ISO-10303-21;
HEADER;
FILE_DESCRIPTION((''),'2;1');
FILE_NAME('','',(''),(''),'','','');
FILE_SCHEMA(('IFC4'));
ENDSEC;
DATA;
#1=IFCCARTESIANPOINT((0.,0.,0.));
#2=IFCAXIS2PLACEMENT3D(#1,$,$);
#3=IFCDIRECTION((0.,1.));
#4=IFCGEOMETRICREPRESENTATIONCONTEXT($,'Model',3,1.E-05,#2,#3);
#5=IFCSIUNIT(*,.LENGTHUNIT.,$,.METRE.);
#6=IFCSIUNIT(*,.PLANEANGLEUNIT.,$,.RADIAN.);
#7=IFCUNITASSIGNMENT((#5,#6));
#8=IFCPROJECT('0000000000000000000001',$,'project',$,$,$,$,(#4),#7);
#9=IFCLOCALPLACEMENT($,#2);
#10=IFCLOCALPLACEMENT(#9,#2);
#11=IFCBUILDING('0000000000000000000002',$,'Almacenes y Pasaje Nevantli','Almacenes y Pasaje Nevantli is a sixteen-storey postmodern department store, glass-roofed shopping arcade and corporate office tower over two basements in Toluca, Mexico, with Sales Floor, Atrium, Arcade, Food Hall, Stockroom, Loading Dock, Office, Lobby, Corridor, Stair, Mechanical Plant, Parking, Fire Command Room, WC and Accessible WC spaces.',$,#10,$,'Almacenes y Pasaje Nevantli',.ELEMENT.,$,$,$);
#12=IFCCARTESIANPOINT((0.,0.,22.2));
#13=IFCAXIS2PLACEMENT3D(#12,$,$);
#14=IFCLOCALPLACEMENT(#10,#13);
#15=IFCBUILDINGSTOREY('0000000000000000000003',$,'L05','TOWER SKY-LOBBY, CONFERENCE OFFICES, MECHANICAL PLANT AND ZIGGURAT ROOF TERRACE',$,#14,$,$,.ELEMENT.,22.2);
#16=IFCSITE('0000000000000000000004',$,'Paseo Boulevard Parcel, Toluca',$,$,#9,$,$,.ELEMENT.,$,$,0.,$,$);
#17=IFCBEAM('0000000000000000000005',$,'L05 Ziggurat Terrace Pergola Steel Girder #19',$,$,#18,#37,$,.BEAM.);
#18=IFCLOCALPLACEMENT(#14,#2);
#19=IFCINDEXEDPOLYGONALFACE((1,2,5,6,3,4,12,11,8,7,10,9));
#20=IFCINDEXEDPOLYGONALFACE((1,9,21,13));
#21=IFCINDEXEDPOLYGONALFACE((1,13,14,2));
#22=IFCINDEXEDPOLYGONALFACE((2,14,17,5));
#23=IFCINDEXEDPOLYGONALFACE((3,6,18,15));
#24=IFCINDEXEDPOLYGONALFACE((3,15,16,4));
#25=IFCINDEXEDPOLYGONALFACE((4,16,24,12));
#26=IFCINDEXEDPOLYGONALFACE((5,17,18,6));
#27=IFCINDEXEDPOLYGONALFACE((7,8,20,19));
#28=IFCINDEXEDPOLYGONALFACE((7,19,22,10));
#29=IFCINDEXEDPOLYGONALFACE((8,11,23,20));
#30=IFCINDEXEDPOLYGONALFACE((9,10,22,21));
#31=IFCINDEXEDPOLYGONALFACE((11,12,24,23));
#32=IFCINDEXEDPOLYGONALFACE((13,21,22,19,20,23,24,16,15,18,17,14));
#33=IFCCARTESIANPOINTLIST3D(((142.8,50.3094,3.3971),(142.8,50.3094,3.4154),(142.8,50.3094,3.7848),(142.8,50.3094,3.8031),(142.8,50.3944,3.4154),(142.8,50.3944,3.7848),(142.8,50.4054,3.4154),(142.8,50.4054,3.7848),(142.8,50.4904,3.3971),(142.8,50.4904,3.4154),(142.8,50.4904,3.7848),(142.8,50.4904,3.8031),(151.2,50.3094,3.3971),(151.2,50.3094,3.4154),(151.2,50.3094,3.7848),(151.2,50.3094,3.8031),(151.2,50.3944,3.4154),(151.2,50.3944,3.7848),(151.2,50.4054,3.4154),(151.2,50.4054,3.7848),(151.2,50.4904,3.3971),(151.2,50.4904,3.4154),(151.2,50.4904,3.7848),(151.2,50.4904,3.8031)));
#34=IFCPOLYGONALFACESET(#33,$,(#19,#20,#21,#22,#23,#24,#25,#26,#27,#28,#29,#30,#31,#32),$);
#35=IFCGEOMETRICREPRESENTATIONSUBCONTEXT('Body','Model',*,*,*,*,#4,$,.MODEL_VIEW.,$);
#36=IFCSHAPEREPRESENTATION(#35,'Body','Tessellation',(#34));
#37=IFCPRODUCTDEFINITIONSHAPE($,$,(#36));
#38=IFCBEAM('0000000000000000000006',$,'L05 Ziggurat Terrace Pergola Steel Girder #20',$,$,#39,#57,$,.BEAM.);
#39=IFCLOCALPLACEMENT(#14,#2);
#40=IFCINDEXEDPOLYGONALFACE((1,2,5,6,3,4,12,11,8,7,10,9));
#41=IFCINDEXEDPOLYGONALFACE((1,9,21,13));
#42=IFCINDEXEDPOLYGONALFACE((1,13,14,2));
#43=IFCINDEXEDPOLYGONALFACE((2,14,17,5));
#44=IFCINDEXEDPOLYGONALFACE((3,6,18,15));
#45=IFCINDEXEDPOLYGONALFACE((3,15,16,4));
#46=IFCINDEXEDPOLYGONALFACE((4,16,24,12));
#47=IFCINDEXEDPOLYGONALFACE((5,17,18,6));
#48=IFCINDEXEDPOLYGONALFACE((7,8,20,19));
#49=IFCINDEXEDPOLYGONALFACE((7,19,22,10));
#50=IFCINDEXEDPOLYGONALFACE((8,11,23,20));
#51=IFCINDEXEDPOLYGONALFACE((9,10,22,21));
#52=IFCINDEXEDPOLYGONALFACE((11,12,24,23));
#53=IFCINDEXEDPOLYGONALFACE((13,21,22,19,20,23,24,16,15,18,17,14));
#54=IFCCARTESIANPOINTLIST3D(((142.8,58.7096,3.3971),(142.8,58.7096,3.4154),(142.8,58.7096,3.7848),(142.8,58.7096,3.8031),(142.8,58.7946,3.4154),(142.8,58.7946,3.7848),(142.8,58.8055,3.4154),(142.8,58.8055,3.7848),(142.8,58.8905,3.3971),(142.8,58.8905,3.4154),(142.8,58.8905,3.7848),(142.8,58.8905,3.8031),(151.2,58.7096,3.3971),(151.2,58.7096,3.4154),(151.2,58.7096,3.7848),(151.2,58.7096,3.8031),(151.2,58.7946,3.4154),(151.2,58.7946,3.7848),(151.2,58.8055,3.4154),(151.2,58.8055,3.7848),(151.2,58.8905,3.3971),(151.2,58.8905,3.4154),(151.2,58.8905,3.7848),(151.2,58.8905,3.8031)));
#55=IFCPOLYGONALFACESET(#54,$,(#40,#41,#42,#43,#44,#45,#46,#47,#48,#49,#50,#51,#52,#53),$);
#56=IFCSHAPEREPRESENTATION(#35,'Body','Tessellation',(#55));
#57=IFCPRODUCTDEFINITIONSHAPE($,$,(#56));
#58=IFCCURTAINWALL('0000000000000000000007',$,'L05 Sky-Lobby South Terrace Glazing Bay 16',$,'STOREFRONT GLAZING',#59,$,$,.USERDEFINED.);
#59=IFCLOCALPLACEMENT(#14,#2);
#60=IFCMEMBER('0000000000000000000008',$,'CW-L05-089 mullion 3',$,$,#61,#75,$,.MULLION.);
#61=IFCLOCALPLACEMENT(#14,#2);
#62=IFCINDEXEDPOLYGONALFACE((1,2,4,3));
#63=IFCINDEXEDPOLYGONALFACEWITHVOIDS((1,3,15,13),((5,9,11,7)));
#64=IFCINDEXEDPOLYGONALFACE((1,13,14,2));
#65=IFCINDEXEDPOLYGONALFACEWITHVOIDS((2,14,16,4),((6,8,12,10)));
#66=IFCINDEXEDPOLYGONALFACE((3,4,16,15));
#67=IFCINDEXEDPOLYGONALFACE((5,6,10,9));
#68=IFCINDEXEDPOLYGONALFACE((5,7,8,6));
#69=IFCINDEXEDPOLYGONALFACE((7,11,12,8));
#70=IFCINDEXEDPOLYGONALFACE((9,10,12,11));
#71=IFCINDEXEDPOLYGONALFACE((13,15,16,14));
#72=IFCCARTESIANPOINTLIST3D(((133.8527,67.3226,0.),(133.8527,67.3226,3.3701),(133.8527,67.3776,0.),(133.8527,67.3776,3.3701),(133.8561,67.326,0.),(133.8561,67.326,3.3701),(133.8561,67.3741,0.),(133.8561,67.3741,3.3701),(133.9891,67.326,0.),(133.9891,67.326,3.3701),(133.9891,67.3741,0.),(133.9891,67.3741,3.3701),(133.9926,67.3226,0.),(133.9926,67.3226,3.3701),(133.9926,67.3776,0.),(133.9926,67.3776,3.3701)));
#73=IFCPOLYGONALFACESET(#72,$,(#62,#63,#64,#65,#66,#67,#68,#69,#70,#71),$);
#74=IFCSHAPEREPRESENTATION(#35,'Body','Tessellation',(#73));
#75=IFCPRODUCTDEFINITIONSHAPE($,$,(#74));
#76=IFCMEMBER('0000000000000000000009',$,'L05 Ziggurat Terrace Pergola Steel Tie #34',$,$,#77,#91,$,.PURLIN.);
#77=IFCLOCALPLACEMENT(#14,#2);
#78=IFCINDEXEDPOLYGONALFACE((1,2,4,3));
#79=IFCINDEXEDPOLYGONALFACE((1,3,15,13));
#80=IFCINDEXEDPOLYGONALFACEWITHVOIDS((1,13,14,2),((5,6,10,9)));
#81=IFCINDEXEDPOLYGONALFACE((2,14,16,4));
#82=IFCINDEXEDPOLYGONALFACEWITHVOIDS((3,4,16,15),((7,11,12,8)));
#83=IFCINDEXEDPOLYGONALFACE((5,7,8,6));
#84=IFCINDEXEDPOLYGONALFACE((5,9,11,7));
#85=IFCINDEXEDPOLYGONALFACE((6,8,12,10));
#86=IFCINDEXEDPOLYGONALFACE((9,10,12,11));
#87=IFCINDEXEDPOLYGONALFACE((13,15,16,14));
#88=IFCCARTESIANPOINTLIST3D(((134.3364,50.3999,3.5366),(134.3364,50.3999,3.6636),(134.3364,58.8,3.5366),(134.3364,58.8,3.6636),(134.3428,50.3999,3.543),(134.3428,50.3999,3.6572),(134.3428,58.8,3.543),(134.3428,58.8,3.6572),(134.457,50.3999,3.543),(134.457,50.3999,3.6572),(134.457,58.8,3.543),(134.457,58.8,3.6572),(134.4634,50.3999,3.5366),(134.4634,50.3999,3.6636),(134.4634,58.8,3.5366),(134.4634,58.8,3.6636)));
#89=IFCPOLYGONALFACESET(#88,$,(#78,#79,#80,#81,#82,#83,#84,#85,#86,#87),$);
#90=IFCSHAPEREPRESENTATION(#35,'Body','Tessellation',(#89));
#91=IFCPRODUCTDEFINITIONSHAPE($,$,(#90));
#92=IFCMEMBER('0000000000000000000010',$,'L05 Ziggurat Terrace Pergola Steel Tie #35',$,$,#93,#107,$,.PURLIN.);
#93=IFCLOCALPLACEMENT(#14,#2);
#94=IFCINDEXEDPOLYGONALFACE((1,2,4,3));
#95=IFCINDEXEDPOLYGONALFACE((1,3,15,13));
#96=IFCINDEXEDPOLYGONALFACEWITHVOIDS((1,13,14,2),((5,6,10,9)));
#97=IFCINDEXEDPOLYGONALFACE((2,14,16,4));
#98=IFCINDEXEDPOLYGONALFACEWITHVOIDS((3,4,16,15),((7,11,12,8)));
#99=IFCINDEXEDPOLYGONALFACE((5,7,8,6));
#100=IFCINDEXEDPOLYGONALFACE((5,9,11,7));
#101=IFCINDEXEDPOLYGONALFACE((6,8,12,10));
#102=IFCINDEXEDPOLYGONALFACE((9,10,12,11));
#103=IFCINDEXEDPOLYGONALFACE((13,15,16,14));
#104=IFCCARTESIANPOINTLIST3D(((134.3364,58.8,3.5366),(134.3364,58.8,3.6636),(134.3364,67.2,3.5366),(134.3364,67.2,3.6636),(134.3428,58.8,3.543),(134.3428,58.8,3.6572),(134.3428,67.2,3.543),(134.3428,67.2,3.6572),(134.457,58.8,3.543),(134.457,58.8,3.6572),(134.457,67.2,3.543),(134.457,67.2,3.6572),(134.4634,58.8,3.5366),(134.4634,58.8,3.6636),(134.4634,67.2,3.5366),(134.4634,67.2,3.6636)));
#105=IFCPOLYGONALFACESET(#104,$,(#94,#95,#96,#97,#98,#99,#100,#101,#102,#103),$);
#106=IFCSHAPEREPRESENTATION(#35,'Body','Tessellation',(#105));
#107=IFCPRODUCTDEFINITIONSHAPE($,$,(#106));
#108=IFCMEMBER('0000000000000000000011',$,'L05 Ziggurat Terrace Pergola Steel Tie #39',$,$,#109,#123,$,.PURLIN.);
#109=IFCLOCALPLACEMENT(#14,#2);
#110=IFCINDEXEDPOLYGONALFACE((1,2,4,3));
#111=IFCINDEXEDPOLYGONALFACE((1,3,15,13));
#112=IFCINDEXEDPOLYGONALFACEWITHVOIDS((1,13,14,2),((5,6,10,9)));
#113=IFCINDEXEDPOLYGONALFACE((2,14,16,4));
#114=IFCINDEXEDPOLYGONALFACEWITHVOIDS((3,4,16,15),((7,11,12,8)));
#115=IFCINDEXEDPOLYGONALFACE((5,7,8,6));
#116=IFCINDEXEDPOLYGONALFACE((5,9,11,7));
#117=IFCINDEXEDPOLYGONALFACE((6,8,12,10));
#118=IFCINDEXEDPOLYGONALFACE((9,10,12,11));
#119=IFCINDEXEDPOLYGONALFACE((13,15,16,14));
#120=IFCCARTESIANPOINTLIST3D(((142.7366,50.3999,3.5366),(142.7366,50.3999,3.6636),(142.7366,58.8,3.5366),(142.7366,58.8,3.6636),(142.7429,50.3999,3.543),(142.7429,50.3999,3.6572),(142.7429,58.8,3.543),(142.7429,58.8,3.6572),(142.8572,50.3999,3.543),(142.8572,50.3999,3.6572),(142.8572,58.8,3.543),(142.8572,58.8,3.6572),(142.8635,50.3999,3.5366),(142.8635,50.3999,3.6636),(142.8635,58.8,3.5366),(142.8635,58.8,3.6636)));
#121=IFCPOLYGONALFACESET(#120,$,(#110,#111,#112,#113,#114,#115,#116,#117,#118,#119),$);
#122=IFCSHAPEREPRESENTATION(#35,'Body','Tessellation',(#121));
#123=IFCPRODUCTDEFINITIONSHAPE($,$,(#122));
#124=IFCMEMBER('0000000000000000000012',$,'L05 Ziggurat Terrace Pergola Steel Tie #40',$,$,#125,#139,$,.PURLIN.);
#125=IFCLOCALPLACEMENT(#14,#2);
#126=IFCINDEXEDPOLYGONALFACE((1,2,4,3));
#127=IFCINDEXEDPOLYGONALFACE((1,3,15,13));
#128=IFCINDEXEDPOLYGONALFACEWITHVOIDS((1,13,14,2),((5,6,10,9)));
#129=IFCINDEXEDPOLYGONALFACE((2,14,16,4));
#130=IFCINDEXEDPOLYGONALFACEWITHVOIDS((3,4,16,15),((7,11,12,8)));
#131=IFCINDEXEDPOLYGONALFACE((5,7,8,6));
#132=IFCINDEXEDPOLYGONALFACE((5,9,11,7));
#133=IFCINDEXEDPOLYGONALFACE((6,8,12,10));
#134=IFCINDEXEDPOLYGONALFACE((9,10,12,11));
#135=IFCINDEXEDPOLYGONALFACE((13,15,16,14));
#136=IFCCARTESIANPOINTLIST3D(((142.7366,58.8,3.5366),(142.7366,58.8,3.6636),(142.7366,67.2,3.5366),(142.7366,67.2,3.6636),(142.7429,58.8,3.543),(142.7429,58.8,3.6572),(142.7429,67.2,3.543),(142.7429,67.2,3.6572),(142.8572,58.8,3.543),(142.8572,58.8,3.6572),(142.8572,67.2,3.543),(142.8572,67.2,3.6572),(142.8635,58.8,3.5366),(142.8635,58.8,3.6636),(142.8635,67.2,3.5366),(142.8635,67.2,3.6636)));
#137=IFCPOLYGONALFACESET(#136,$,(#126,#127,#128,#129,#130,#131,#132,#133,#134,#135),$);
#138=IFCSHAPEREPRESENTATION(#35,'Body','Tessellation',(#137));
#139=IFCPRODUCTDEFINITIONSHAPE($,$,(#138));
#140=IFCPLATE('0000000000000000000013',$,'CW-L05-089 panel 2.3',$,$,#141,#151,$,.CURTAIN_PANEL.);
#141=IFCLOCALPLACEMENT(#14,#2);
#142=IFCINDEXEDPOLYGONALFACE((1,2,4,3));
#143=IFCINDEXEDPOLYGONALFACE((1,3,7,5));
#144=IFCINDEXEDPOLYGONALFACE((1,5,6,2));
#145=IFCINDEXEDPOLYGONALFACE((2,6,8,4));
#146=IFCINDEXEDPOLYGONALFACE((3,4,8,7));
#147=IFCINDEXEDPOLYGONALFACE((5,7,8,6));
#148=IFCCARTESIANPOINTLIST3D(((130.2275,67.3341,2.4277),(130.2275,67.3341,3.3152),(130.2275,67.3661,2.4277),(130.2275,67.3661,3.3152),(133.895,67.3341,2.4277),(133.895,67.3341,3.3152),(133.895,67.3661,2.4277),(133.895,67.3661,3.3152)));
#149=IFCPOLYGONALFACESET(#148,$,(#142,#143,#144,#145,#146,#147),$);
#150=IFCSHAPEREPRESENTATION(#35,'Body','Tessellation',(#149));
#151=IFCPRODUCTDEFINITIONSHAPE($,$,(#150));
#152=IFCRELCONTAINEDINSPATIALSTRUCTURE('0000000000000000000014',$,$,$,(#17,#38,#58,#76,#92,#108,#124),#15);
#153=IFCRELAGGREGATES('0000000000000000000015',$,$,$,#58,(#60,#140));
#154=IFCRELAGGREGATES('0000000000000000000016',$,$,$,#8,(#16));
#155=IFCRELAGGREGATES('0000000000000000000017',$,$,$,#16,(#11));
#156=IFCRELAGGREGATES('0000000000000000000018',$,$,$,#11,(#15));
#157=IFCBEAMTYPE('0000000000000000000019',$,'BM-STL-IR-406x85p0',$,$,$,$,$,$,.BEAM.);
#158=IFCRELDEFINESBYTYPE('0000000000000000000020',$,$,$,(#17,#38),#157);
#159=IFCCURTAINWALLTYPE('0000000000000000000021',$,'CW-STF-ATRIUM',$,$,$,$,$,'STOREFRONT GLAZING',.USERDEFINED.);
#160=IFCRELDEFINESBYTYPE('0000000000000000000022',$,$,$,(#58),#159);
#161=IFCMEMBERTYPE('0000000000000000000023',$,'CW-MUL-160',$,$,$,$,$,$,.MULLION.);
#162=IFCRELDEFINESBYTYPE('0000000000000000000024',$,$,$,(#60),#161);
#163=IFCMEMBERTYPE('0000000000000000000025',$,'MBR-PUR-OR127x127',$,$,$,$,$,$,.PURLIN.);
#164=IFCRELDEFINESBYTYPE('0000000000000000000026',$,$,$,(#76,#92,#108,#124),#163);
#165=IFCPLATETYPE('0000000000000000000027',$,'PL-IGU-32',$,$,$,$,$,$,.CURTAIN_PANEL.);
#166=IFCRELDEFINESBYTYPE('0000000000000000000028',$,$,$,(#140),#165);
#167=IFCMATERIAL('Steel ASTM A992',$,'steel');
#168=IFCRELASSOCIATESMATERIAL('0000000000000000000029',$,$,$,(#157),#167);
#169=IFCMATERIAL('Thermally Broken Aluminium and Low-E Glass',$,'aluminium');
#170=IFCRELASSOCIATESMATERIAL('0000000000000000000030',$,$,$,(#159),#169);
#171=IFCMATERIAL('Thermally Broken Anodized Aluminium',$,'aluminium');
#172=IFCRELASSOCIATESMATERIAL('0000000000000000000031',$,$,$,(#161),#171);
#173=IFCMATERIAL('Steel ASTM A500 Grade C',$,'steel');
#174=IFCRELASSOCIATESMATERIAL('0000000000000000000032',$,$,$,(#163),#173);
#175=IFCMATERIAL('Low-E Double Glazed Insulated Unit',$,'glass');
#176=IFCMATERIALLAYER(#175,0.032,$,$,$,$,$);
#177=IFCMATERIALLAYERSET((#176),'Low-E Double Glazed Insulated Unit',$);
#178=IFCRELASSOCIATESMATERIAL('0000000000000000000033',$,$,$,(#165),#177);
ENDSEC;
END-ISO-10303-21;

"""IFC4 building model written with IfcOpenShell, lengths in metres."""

from ifc_helpers import new_model, si_unit, direction, frame, origin, origin_2d, place, context, subcontext, project, spatial, rectangle, hollow_rectangle, i_section, extrude, material, layer, layer_set, material_profile, profile_set, type_object, element, aggregate, save


model = new_model("IFC4")

# Units and contexts
model_context = context("Model", 3, precision=1e-05, world=origin(), true_north=direction((0.0, 1.0)))
body_context = subcontext(model_context, "Body", "Model", "MODEL_VIEW")
ifc_project = project(units=[si_unit("LENGTHUNIT", "METRE"), si_unit("PLANEANGLEUNIT", "RADIAN")], contexts=[model_context])

# Site, building, storey
site_placement = place(None, origin())
site = spatial("IfcSite", under=ifc_project, at=site_placement, Name="Paseo Boulevard Parcel, Toluca", CompositionType="ELEMENT", RefElevation=0.0)
building_placement = place(site_placement, origin())
building = spatial("IfcBuilding", under=site, at=building_placement, Name="Almacenes y Pasaje Nevantli", Description="Almacenes y Pasaje Nevantli is a sixteen-storey postmodern department store, glass-roofed shopping arcade and corporate office tower over two basements in Toluca, Mexico, with Sales Floor, Atrium, Arcade, Food Hall, Stockroom, Loading Dock, Office, Lobby, Corridor, Stair, Mechanical Plant, Parking, Fire Command Room, WC and Accessible WC spaces.", LongName="Almacenes y Pasaje Nevantli", CompositionType="ELEMENT")
storey_placement = place(building_placement, frame((0.0, 0.0, 22.2)))
storey = spatial("IfcBuildingStorey", under=building, at=storey_placement, Name="L05", Description="TOWER SKY-LOBBY, CONFERENCE OFFICES, MECHANICAL PLANT AND ZIGGURAT ROOF TERRACE", CompositionType="ELEMENT", Elevation=22.2)

# Beams
ifc_material_1 = material(Name="Steel ASTM A992", Category="steel")
ifc_material_profile_1 = material_profile(ifc_material_1, i_section(OverallWidth=0.1809, OverallDepth=0.406, WebThickness=0.011, FlangeThickness=0.0183, at=origin_2d()), Name="IR 406x85.0")
ifc_profile_set_1 = profile_set([ifc_material_profile_1], Name="Steel ASTM A992")
beam_type_1 = type_object("IfcBeamType", Name="BM-STL-IR-406x85p0", PredefinedType="BEAM", material=ifc_profile_set_1)
for number, where, z_axis, x_axis, name in (
    (1, (142.8, 50.3999, 3.6001), (1.0, 0.0, 0.0), (0.0, 1.0, 0.0), "L05 Ziggurat Terrace Pergola Steel Girder #19"),
    (2, (142.8, 58.8, 3.6001), (1.0, 0.0, 0.0), (0.0, 1.0, 0.0), "L05 Ziggurat Terrace Pergola Steel Girder #20"),
):
    element("IfcBeam", number, at=place(storey_placement, frame(where, z_axis=z_axis, x_axis=x_axis)), inside=storey, type_object=beam_type_1, Name=name, PredefinedType="BEAM", context=body_context, shape_type="SweptSolid", body=[
        extrude(i_section(OverallWidth=0.1809, OverallDepth=0.406, WebThickness=0.011, FlangeThickness=0.0183, at=origin_2d()), origin(), (0.0, 0.0, 1.0), 8.3999),
    ])

# Curtain wall, member
ifc_material_2 = material(Name="Thermally Broken Aluminium and Low-E Glass", Category="aluminium")
curtain_wall_type = type_object("IfcCurtainWallType", Name="CW-STF-ATRIUM", ElementType="STOREFRONT GLAZING", PredefinedType="USERDEFINED", material=ifc_material_2)
curtain_wall_placement = place(storey_placement, origin())
curtain_wall = element("IfcCurtainWall", 3, at=curtain_wall_placement, inside=storey, type_object=curtain_wall_type, Name="L05 Sky-Lobby South Terrace Glazing Bay 16", ObjectType="STOREFRONT GLAZING", PredefinedType="USERDEFINED")
ifc_material_3 = material(Name="Thermally Broken Anodized Aluminium", Category="aluminium")
ifc_material_profile_2 = material_profile(ifc_material_3, hollow_rectangle(XDim=0.0549, YDim=0.1399, WallThickness=0.0034, at=origin_2d()), Name="ALU-MUL-55x140")
ifc_profile_set_2 = profile_set([ifc_material_profile_2], Name="Thermally Broken Anodized Aluminium")
member_type_1 = type_object("IfcMemberType", Name="CW-MUL-160", PredefinedType="MULLION", material=ifc_profile_set_2)
member_1_placement = place(storey_placement, frame((133.9226, 67.3501, 0.0), z_axis=(0.0, 0.0, 1.0), x_axis=(0.0, 1.0, 0.0)))
member_1 = element("IfcMember", 4, at=member_1_placement, type_object=member_type_1, Name="CW-L05-089 mullion 3", PredefinedType="MULLION", context=body_context, shape_type="SweptSolid", body=[
    extrude(hollow_rectangle(XDim=0.0549, YDim=0.1399, WallThickness=0.0034, at=origin_2d()), origin(), (0.0, 0.0, 1.0), 3.3701),
])

# Members
ifc_material_4 = material(Name="Steel ASTM A500 Grade C", Category="steel")
ifc_material_profile_3 = material_profile(ifc_material_4, hollow_rectangle(XDim=0.127, YDim=0.127, WallThickness=0.0063, at=origin_2d()), Name="OR 127x127x6.4")
ifc_profile_set_3 = profile_set([ifc_material_profile_3], Name="Steel ASTM A500 Grade C")
member_type_2 = type_object("IfcMemberType", Name="MBR-PUR-OR127x127", PredefinedType="PURLIN", material=ifc_profile_set_3)
member_2_placement = place(storey_placement, frame((134.3999, 50.3999, 3.6001), z_axis=(0.0, 1.0, 0.0), x_axis=(-1.0, 0.0, 0.0)))
element("IfcMember", 5, at=member_2_placement, inside=storey, type_object=member_type_2, Name="L05 Ziggurat Terrace Pergola Steel Tie #34", PredefinedType="PURLIN", context=body_context, shape_type="SweptSolid", body=[
    extrude(hollow_rectangle(XDim=0.127, YDim=0.127, WallThickness=0.0063, at=origin_2d()), origin(), (0.0, 0.0, 1.0), 8.4001),
])
member_3_placement = place(storey_placement, frame((134.3999, 58.8, 3.6001), z_axis=(0.0, 1.0, 0.0), x_axis=(-1.0, 0.0, 0.0)))
element("IfcMember", 6, at=member_3_placement, inside=storey, type_object=member_type_2, Name="L05 Ziggurat Terrace Pergola Steel Tie #35", PredefinedType="PURLIN", context=body_context, shape_type="SweptSolid", body=[
    extrude(hollow_rectangle(XDim=0.127, YDim=0.127, WallThickness=0.0063, at=origin_2d()), origin(), (0.0, 0.0, 1.0), 8.3999),
])
member_4_placement = place(storey_placement, frame((142.8, 50.3999, 3.6001), z_axis=(0.0, 1.0, 0.0), x_axis=(-1.0, 0.0, 0.0)))
element("IfcMember", 7, at=member_4_placement, inside=storey, type_object=member_type_2, Name="L05 Ziggurat Terrace Pergola Steel Tie #39", PredefinedType="PURLIN", context=body_context, shape_type="SweptSolid", body=[
    extrude(hollow_rectangle(XDim=0.127, YDim=0.127, WallThickness=0.0063, at=origin_2d()), origin(), (0.0, 0.0, 1.0), 8.4001),
])
member_5_placement = place(storey_placement, frame((142.8, 58.8, 3.6001), z_axis=(0.0, 1.0, 0.0), x_axis=(-1.0, 0.0, 0.0)))
element("IfcMember", 8, at=member_5_placement, inside=storey, type_object=member_type_2, Name="L05 Ziggurat Terrace Pergola Steel Tie #40", PredefinedType="PURLIN", context=body_context, shape_type="SweptSolid", body=[
    extrude(hollow_rectangle(XDim=0.127, YDim=0.127, WallThickness=0.0063, at=origin_2d()), origin(), (0.0, 0.0, 1.0), 8.3999),
])

# Plate
ifc_material_5 = material(Name="Low-E Double Glazed Insulated Unit", Category="glass")
ifc_layer_1 = layer(ifc_material_5, 0.032)
ifc_layer_set_1 = layer_set([ifc_layer_1], Name="Low-E Double Glazed Insulated Unit")
plate_type = type_object("IfcPlateType", Name="PL-IGU-32", PredefinedType="CURTAIN_PANEL", material=ifc_layer_set_1)
plate_placement = place(storey_placement, frame((132.0613, 67.3501, 2.4277), z_axis=(0.0, 0.0, 1.0), x_axis=(1.0, 0.0, 0.0)))
plate = element("IfcPlate", 9, at=plate_placement, type_object=plate_type, Name="CW-L05-089 panel 2.3", PredefinedType="CURTAIN_PANEL", context=body_context, shape_type="SweptSolid", body=[
    extrude(rectangle(XDim=3.6675, YDim=0.032, at=origin_2d()), origin(), (0.0, 0.0, 1.0), 0.8875),
])
aggregate(curtain_wall, [member_1, plate])

save(model, "model.ifc")
